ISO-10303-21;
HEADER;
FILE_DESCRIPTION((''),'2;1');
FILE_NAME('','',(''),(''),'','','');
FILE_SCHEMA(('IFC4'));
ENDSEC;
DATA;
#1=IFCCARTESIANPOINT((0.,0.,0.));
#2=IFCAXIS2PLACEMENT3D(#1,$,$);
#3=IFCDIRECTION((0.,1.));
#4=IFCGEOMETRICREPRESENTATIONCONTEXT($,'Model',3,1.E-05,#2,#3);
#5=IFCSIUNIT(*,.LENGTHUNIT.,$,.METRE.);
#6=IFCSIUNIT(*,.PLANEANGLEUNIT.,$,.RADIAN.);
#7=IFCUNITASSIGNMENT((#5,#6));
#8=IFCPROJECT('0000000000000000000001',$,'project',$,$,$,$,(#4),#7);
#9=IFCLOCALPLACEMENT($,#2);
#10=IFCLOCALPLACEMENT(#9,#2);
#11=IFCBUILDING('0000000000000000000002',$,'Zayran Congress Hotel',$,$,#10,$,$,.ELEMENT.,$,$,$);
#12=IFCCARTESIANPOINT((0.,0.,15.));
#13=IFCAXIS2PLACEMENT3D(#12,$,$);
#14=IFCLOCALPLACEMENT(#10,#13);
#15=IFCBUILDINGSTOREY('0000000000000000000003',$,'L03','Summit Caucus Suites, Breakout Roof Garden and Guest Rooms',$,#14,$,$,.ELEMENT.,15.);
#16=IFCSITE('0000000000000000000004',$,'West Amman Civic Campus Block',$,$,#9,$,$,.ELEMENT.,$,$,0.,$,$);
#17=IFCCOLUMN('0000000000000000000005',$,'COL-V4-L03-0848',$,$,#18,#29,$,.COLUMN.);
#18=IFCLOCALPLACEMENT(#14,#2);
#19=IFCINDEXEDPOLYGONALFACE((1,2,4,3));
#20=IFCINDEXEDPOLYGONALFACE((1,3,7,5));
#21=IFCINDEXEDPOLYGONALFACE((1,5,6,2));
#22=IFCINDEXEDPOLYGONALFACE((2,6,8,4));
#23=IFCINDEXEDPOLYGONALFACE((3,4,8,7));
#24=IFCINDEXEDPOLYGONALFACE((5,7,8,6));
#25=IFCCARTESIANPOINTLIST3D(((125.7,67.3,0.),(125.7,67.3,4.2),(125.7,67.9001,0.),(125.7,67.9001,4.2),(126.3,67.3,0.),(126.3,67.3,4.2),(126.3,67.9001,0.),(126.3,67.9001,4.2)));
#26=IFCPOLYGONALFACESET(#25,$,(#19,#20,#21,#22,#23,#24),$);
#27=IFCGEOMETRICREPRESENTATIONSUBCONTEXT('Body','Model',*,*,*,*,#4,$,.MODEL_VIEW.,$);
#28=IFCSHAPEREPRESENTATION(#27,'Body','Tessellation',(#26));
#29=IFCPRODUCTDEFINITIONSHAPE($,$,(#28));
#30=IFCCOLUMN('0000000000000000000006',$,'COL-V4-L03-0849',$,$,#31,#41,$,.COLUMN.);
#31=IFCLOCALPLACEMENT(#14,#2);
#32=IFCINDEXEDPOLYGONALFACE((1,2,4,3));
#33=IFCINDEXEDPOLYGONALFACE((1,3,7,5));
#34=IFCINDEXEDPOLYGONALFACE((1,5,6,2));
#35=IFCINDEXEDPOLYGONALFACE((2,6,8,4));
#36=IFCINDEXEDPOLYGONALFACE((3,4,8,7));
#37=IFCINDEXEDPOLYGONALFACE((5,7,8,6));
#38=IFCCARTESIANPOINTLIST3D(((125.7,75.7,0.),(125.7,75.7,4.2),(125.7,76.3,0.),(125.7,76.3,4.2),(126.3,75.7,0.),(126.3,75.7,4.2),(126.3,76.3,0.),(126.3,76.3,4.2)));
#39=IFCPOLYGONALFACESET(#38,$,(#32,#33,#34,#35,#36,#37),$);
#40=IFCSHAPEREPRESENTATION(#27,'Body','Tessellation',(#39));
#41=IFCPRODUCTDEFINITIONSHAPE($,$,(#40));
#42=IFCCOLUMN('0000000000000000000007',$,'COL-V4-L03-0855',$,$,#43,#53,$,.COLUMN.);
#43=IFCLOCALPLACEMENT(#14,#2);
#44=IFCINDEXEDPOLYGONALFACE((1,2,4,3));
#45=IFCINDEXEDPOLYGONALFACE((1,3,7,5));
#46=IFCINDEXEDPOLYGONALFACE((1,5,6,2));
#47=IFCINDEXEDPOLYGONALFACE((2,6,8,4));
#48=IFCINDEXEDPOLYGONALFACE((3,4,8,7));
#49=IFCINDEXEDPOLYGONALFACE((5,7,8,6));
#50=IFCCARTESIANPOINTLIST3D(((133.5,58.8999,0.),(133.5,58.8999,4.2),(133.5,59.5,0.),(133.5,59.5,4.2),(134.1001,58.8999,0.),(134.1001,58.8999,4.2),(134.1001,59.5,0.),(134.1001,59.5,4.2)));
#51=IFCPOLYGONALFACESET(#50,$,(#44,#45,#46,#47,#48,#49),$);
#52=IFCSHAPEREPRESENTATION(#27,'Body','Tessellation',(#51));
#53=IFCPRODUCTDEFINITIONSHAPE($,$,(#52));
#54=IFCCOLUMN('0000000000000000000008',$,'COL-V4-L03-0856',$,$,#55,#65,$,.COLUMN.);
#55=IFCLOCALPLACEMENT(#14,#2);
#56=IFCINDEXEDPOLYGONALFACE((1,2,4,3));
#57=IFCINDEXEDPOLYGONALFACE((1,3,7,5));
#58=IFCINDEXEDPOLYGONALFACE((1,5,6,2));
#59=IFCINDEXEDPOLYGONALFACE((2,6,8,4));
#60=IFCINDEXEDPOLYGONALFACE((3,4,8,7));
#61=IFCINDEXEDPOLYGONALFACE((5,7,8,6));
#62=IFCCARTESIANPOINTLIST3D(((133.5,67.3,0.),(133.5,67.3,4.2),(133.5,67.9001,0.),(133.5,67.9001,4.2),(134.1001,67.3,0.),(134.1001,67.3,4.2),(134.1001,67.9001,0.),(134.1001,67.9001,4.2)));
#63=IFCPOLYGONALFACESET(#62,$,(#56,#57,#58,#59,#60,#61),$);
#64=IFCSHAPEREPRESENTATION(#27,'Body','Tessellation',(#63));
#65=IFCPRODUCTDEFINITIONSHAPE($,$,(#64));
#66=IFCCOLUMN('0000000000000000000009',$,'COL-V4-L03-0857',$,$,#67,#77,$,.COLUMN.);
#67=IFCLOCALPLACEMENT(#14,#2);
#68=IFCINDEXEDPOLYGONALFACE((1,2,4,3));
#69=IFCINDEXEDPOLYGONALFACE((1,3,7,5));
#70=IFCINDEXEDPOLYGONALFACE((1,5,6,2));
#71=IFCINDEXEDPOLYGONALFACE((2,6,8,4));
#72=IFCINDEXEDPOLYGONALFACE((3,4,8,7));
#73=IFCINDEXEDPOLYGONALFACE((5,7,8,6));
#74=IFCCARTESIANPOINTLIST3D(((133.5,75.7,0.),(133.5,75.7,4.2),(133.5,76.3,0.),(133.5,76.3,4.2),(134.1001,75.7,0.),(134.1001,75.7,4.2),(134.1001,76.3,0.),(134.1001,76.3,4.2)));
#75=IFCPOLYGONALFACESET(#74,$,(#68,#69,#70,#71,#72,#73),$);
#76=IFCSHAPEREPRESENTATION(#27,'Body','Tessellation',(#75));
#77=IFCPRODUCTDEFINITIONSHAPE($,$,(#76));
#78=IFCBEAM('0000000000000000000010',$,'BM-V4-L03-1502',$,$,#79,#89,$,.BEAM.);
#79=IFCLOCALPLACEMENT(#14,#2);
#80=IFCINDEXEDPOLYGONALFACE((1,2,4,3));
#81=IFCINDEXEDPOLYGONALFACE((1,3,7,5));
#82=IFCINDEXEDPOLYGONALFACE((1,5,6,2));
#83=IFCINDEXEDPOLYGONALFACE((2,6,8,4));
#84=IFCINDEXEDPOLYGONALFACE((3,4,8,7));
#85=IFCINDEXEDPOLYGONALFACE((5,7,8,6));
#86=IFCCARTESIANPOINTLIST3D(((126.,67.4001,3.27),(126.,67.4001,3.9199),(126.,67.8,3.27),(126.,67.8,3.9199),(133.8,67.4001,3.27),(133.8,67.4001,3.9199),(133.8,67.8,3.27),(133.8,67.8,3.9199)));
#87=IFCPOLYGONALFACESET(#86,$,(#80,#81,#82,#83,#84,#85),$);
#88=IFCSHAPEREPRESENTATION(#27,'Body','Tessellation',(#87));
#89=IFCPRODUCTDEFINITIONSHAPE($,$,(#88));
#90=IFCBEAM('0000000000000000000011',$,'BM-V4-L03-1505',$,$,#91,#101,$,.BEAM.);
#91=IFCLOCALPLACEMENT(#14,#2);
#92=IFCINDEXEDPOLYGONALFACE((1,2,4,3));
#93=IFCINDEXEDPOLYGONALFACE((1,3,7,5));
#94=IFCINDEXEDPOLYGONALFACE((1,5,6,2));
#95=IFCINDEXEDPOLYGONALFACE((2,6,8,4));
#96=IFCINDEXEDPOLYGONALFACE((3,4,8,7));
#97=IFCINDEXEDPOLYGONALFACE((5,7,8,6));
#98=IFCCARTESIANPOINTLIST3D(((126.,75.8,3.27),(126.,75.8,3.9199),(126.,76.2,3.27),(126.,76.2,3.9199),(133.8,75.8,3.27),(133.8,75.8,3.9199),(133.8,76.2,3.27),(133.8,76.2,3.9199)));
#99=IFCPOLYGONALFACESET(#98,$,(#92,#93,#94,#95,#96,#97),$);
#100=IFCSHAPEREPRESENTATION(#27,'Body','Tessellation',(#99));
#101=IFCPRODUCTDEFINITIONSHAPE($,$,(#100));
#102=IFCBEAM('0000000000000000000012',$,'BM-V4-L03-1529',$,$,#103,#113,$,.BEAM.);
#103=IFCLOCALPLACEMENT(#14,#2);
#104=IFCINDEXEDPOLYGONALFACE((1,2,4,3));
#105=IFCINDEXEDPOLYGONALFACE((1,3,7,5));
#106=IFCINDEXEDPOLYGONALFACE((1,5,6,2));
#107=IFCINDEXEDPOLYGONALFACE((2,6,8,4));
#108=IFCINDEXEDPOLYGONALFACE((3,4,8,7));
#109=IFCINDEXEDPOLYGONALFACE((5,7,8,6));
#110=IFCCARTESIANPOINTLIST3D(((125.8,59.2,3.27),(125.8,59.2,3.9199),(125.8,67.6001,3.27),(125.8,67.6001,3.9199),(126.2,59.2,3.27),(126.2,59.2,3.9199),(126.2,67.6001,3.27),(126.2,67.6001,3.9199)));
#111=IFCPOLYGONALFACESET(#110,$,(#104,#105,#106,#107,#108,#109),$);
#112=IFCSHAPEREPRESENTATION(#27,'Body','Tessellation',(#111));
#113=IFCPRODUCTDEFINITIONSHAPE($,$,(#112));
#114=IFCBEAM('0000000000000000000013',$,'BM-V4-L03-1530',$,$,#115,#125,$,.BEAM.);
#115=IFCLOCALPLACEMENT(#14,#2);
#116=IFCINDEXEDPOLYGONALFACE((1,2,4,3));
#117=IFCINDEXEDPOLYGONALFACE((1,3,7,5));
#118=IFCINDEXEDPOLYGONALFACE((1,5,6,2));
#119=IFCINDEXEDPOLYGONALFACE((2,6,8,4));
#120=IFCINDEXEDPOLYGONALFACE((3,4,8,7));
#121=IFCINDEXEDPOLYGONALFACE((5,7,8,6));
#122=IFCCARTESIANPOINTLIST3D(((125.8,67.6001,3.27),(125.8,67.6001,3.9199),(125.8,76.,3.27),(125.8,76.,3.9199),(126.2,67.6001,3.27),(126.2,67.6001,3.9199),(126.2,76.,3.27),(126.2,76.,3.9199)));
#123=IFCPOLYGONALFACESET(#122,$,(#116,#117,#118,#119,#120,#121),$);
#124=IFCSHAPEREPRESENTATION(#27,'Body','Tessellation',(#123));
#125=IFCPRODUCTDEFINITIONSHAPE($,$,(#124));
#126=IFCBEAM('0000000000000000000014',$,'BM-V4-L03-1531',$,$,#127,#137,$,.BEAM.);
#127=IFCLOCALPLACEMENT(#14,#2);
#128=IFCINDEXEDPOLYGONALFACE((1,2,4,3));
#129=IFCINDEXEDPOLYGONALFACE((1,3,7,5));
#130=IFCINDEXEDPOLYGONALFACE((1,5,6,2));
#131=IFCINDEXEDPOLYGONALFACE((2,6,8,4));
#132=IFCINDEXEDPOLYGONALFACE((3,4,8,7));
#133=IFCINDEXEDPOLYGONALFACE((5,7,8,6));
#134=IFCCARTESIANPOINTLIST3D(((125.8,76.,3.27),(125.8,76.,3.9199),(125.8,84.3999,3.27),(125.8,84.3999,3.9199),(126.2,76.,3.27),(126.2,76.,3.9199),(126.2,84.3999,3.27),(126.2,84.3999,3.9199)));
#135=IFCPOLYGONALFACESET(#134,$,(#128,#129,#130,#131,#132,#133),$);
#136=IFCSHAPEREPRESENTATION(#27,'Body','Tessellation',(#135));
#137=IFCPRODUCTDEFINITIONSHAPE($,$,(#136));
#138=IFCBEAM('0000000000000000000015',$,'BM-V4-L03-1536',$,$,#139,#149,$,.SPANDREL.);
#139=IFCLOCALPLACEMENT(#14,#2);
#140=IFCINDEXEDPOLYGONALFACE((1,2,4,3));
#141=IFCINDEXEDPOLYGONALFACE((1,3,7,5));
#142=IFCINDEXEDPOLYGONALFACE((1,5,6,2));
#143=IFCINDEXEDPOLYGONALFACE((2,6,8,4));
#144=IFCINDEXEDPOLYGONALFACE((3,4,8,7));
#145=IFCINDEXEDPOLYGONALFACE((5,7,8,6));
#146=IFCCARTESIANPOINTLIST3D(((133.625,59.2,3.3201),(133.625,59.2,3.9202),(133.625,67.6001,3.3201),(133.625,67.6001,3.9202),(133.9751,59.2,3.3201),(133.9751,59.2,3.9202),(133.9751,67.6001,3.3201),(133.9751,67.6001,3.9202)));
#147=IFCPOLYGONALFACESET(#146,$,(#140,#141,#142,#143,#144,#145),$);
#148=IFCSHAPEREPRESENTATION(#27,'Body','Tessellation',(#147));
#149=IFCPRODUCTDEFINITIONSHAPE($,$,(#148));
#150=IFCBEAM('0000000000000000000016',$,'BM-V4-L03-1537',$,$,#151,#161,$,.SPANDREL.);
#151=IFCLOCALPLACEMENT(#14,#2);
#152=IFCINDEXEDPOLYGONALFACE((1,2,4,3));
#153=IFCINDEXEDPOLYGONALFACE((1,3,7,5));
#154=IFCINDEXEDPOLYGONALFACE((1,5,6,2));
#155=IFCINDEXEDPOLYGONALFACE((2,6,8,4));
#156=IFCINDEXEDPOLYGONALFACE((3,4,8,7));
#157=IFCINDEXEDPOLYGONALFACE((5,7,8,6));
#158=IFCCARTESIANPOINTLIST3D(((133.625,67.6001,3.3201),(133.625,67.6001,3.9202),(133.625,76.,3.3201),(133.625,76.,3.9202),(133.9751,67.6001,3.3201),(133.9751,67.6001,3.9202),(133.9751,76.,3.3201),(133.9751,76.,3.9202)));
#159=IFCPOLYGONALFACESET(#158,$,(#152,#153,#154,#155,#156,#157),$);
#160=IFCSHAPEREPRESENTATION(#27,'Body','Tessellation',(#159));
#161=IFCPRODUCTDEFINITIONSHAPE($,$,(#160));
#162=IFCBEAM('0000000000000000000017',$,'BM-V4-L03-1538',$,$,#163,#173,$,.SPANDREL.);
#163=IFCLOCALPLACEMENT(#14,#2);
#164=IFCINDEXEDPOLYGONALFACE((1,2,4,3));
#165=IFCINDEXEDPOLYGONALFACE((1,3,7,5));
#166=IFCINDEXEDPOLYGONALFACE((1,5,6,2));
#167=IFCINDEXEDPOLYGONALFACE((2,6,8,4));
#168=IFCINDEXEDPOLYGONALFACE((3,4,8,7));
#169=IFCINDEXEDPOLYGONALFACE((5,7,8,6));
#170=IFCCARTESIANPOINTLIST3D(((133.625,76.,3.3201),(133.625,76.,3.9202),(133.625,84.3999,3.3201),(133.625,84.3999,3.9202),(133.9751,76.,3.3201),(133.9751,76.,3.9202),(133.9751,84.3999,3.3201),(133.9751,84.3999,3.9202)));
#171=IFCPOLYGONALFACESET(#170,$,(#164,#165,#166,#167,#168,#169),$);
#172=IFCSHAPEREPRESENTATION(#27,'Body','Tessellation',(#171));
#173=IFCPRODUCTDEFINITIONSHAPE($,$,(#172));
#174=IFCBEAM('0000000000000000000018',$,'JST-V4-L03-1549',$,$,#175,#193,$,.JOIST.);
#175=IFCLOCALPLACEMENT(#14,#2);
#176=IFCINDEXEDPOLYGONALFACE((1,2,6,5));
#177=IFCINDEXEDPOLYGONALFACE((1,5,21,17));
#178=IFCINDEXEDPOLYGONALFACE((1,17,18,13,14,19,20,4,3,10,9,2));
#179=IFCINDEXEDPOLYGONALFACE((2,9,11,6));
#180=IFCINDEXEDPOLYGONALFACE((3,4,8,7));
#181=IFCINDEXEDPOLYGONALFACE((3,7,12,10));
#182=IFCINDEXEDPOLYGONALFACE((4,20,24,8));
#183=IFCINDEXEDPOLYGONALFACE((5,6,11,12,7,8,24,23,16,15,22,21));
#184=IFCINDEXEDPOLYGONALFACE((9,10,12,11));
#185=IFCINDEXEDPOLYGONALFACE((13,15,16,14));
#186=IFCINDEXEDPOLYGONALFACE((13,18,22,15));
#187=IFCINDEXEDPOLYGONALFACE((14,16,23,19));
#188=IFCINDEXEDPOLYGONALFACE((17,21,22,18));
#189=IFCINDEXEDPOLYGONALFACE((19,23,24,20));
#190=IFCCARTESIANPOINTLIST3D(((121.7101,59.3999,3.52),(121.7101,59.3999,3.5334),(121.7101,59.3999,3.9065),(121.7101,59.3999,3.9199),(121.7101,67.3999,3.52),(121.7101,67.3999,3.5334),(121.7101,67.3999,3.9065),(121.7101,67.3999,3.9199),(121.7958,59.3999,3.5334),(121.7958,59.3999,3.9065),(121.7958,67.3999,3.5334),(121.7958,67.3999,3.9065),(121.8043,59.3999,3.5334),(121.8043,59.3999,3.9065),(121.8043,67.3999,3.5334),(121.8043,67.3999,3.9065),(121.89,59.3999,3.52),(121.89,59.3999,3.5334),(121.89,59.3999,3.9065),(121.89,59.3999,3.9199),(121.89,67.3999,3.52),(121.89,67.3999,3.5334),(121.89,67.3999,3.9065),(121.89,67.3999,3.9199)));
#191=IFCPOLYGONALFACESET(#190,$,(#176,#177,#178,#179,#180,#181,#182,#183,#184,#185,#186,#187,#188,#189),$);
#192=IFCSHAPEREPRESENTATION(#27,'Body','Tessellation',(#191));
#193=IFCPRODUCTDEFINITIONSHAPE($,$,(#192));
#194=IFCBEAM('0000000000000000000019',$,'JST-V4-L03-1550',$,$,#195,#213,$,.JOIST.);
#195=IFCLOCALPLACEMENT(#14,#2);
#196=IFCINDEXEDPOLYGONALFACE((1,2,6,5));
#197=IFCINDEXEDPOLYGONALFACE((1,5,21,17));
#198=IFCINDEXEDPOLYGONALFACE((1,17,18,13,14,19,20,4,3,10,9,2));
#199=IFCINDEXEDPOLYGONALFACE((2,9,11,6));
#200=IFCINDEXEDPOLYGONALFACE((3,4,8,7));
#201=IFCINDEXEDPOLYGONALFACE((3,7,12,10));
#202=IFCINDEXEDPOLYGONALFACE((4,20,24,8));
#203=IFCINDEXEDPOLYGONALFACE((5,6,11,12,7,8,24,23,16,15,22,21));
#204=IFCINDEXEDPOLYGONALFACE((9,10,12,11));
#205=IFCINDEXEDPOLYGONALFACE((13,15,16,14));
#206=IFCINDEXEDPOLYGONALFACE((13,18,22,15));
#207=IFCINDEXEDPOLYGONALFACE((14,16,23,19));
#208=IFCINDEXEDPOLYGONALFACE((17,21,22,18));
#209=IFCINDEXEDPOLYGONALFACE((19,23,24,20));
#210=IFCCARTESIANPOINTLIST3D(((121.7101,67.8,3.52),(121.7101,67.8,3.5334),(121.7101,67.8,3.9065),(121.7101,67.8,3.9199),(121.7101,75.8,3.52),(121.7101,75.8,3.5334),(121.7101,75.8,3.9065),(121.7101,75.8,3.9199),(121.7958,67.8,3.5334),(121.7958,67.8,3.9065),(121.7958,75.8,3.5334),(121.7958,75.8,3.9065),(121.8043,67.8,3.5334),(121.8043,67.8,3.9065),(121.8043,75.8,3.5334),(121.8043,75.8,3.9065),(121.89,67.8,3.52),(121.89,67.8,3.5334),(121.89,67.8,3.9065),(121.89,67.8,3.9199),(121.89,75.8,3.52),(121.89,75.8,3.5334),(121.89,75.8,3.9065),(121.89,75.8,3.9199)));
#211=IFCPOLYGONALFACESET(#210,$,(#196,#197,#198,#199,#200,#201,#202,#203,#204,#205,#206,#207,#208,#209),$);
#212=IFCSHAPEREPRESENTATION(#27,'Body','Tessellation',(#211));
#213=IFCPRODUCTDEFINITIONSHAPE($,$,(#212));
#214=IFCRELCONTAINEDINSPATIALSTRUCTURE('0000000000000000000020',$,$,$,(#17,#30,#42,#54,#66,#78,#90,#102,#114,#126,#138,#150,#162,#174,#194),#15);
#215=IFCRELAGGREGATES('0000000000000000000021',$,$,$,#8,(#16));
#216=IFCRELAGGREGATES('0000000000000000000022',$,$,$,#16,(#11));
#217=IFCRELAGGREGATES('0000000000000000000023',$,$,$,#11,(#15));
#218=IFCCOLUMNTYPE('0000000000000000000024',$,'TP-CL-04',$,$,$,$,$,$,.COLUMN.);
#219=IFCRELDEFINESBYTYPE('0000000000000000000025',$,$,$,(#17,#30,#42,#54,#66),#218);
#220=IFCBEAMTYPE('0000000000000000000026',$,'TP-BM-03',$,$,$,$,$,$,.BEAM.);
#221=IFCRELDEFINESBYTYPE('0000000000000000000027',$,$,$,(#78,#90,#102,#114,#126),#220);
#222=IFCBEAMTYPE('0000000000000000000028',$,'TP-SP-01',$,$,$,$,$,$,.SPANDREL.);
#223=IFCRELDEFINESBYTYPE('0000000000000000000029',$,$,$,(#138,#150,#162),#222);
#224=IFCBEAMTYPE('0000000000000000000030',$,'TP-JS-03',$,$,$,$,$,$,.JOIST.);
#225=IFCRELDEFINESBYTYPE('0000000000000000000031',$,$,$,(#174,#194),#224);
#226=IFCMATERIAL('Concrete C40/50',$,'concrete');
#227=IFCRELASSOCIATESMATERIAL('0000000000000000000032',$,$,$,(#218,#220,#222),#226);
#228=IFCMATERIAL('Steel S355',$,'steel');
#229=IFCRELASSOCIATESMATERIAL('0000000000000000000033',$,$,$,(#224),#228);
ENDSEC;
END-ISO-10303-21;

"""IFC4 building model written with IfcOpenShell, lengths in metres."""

from ifc_helpers import new_model, si_unit, direction, frame, origin, origin_2d, place, context, subcontext, project, spatial, rectangle, i_section, extrude, material, material_profile, profile_set, type_object, element, save


model = new_model("IFC4")

# Units and contexts
model_context = context("Model", 3, precision=1e-05, world=origin(), true_north=direction((0.0, 1.0)))
body_context = subcontext(model_context, "Body", "Model", "MODEL_VIEW")
ifc_project = project(units=[si_unit("LENGTHUNIT", "METRE"), si_unit("PLANEANGLEUNIT", "RADIAN")], contexts=[model_context])

# Site, building, storey
site_placement = place(None, origin())
site = spatial("IfcSite", under=ifc_project, at=site_placement, Name="West Amman Civic Campus Block", CompositionType="ELEMENT", RefElevation=0.0)
building_placement = place(site_placement, origin())
building = spatial("IfcBuilding", under=site, at=building_placement, Name="Zayran Congress Hotel", CompositionType="ELEMENT")
storey_placement = place(building_placement, frame((0.0, 0.0, 15.0)))
storey = spatial("IfcBuildingStorey", under=building, at=storey_placement, Name="L03", Description="Summit Caucus Suites, Breakout Roof Garden and Guest Rooms", CompositionType="ELEMENT", Elevation=15.0)

# Columns
ifc_material_1 = material(Name="Concrete C40/50", Category="concrete")
ifc_material_profile_1 = material_profile(ifc_material_1, rectangle(XDim=0.6001, YDim=0.6001, at=origin_2d()), Name="RC 600x600")
ifc_profile_set_1 = profile_set([ifc_material_profile_1], Name="Concrete C40/50")
column_type = type_object("IfcColumnType", Name="TP-CL-04", PredefinedType="COLUMN", material=ifc_profile_set_1)
for number, where, z_axis, x_axis, name in (
    (1, (126.0, 67.6001, 0.0), (0.0, 0.0, 1.0), (1.0, 0.0, 0.0), "COL-V4-L03-0848"),
    (2, (126.0, 76.0, 0.0), (0.0, 0.0, 1.0), (1.0, 0.0, 0.0), "COL-V4-L03-0849"),
    (3, (133.8, 59.2, 0.0), (0.0, 0.0, 1.0), (1.0, 0.0, 0.0), "COL-V4-L03-0855"),
    (4, (133.8, 67.6001, 0.0), (0.0, 0.0, 1.0), (1.0, 0.0, 0.0), "COL-V4-L03-0856"),
    (5, (133.8, 76.0, 0.0), (0.0, 0.0, 1.0), (1.0, 0.0, 0.0), "COL-V4-L03-0857"),
):
    element("IfcColumn", number, at=place(storey_placement, frame(where, z_axis=z_axis, x_axis=x_axis)), inside=storey, type_object=column_type, Name=name, PredefinedType="COLUMN", context=body_context, shape_type="SweptSolid", body=[
        extrude(rectangle(XDim=0.6001, YDim=0.6001, at=origin_2d()), origin(), (0.0, 0.0, 1.0), 4.2),
    ])

# Beams
ifc_material_profile_2 = material_profile(ifc_material_1, rectangle(XDim=0.3999, YDim=0.6499, at=origin_2d()), Name="RC 400x650")
ifc_profile_set_2 = profile_set([ifc_material_profile_2], Name="Concrete C40/50")
beam_type_1 = type_object("IfcBeamType", Name="TP-BM-03", PredefinedType="BEAM", material=ifc_profile_set_2)
for number, where, z_axis, x_axis, name in (
    (6, (126.0, 67.6001, 3.595), (1.0, 0.0, 0.0), (0.0, 1.0, 0.0), "BM-V4-L03-1502"),
    (7, (126.0, 76.0, 3.595), (1.0, 0.0, 0.0), (0.0, 1.0, 0.0), "BM-V4-L03-1505"),
):
    element("IfcBeam", number, at=place(storey_placement, frame(where, z_axis=z_axis, x_axis=x_axis)), inside=storey, type_object=beam_type_1, Name=name, PredefinedType="BEAM", context=body_context, shape_type="SweptSolid", body=[
        extrude(rectangle(XDim=0.3999, YDim=0.6499, at=origin_2d()), origin(), (0.0, 0.0, 1.0), 7.8),
    ])
beam_1_placement = place(storey_placement, frame((126.0, 59.2, 3.595), z_axis=(0.0, 1.0, 0.0), x_axis=(-1.0, 0.0, 0.0)))
element("IfcBeam", 8, at=beam_1_placement, inside=storey, type_object=beam_type_1, Name="BM-V4-L03-1529", PredefinedType="BEAM", context=body_context, shape_type="SweptSolid", body=[
    extrude(rectangle(XDim=0.3999, YDim=0.6499, at=origin_2d()), origin(), (0.0, 0.0, 1.0), 8.4001),
])
for number, where, z_axis, x_axis, name in (
    (9, (126.0, 67.6001, 3.595), (0.0, 1.0, 0.0), (-1.0, 0.0, 0.0), "BM-V4-L03-1530"),
    (10, (126.0, 76.0, 3.595), (0.0, 1.0, 0.0), (-1.0, 0.0, 0.0), "BM-V4-L03-1531"),
):
    element("IfcBeam", number, at=place(storey_placement, frame(where, z_axis=z_axis, x_axis=x_axis)), inside=storey, type_object=beam_type_1, Name=name, PredefinedType="BEAM", context=body_context, shape_type="SweptSolid", body=[
        extrude(rectangle(XDim=0.3999, YDim=0.6499, at=origin_2d()), origin(), (0.0, 0.0, 1.0), 8.3999),
    ])
ifc_material_profile_3 = material_profile(ifc_material_1, rectangle(XDim=0.3501, YDim=0.6001, at=origin_2d()), Name="RC 350x600")
ifc_profile_set_3 = profile_set([ifc_material_profile_3], Name="Concrete C40/50")
beam_type_2 = type_object("IfcBeamType", Name="TP-SP-01", PredefinedType="SPANDREL", material=ifc_profile_set_3)
beam_2_placement = place(storey_placement, frame((133.8, 59.2, 3.6201), z_axis=(0.0, 1.0, 0.0), x_axis=(-1.0, 0.0, 0.0)))
element("IfcBeam", 11, at=beam_2_placement, inside=storey, type_object=beam_type_2, Name="BM-V4-L03-1536", PredefinedType="SPANDREL", context=body_context, shape_type="SweptSolid", body=[
    extrude(rectangle(XDim=0.3501, YDim=0.6001, at=origin_2d()), origin(), (0.0, 0.0, 1.0), 8.4001),
])
for number, where, z_axis, x_axis, name in (
    (12, (133.8, 67.6001, 3.6201), (0.0, 1.0, 0.0), (-1.0, 0.0, 0.0), "BM-V4-L03-1537"),
    (13, (133.8, 76.0, 3.6201), (0.0, 1.0, 0.0), (-1.0, 0.0, 0.0), "BM-V4-L03-1538"),
):
    element("IfcBeam", number, at=place(storey_placement, frame(where, z_axis=z_axis, x_axis=x_axis)), inside=storey, type_object=beam_type_2, Name=name, PredefinedType="SPANDREL", context=body_context, shape_type="SweptSolid", body=[
        extrude(rectangle(XDim=0.3501, YDim=0.6001, at=origin_2d()), origin(), (0.0, 0.0, 1.0), 8.3999),
    ])
ifc_material_2 = material(Name="Steel S355", Category="steel")
ifc_material_profile_4 = material_profile(ifc_material_2, i_section(OverallWidth=0.1799, OverallDepth=0.3999, WebThickness=0.0085, FlangeThickness=0.0134, at=origin_2d()), Name="IPE 400")
ifc_profile_set_4 = profile_set([ifc_material_profile_4], Name="Steel S355")
beam_type_3 = type_object("IfcBeamType", Name="TP-JS-03", PredefinedType="JOIST", material=ifc_profile_set_4)
for number, where, z_axis, x_axis, name in (
    (14, (121.8, 59.3999, 3.72), (0.0, 1.0, 0.0), (-1.0, 0.0, 0.0), "JST-V4-L03-1549"),
    (15, (121.8, 67.8, 3.72), (0.0, 1.0, 0.0), (-1.0, 0.0, 0.0), "JST-V4-L03-1550"),
):
    element("IfcBeam", number, at=place(storey_placement, frame(where, z_axis=z_axis, x_axis=x_axis)), inside=storey, type_object=beam_type_3, Name=name, PredefinedType="JOIST", context=body_context, shape_type="SweptSolid", body=[
        extrude(i_section(OverallWidth=0.1799, OverallDepth=0.3999, WebThickness=0.0085, FlangeThickness=0.0134, at=origin_2d()), origin(), (0.0, 0.0, 1.0), 8.0),
    ])

save(model, "model.ifc")
